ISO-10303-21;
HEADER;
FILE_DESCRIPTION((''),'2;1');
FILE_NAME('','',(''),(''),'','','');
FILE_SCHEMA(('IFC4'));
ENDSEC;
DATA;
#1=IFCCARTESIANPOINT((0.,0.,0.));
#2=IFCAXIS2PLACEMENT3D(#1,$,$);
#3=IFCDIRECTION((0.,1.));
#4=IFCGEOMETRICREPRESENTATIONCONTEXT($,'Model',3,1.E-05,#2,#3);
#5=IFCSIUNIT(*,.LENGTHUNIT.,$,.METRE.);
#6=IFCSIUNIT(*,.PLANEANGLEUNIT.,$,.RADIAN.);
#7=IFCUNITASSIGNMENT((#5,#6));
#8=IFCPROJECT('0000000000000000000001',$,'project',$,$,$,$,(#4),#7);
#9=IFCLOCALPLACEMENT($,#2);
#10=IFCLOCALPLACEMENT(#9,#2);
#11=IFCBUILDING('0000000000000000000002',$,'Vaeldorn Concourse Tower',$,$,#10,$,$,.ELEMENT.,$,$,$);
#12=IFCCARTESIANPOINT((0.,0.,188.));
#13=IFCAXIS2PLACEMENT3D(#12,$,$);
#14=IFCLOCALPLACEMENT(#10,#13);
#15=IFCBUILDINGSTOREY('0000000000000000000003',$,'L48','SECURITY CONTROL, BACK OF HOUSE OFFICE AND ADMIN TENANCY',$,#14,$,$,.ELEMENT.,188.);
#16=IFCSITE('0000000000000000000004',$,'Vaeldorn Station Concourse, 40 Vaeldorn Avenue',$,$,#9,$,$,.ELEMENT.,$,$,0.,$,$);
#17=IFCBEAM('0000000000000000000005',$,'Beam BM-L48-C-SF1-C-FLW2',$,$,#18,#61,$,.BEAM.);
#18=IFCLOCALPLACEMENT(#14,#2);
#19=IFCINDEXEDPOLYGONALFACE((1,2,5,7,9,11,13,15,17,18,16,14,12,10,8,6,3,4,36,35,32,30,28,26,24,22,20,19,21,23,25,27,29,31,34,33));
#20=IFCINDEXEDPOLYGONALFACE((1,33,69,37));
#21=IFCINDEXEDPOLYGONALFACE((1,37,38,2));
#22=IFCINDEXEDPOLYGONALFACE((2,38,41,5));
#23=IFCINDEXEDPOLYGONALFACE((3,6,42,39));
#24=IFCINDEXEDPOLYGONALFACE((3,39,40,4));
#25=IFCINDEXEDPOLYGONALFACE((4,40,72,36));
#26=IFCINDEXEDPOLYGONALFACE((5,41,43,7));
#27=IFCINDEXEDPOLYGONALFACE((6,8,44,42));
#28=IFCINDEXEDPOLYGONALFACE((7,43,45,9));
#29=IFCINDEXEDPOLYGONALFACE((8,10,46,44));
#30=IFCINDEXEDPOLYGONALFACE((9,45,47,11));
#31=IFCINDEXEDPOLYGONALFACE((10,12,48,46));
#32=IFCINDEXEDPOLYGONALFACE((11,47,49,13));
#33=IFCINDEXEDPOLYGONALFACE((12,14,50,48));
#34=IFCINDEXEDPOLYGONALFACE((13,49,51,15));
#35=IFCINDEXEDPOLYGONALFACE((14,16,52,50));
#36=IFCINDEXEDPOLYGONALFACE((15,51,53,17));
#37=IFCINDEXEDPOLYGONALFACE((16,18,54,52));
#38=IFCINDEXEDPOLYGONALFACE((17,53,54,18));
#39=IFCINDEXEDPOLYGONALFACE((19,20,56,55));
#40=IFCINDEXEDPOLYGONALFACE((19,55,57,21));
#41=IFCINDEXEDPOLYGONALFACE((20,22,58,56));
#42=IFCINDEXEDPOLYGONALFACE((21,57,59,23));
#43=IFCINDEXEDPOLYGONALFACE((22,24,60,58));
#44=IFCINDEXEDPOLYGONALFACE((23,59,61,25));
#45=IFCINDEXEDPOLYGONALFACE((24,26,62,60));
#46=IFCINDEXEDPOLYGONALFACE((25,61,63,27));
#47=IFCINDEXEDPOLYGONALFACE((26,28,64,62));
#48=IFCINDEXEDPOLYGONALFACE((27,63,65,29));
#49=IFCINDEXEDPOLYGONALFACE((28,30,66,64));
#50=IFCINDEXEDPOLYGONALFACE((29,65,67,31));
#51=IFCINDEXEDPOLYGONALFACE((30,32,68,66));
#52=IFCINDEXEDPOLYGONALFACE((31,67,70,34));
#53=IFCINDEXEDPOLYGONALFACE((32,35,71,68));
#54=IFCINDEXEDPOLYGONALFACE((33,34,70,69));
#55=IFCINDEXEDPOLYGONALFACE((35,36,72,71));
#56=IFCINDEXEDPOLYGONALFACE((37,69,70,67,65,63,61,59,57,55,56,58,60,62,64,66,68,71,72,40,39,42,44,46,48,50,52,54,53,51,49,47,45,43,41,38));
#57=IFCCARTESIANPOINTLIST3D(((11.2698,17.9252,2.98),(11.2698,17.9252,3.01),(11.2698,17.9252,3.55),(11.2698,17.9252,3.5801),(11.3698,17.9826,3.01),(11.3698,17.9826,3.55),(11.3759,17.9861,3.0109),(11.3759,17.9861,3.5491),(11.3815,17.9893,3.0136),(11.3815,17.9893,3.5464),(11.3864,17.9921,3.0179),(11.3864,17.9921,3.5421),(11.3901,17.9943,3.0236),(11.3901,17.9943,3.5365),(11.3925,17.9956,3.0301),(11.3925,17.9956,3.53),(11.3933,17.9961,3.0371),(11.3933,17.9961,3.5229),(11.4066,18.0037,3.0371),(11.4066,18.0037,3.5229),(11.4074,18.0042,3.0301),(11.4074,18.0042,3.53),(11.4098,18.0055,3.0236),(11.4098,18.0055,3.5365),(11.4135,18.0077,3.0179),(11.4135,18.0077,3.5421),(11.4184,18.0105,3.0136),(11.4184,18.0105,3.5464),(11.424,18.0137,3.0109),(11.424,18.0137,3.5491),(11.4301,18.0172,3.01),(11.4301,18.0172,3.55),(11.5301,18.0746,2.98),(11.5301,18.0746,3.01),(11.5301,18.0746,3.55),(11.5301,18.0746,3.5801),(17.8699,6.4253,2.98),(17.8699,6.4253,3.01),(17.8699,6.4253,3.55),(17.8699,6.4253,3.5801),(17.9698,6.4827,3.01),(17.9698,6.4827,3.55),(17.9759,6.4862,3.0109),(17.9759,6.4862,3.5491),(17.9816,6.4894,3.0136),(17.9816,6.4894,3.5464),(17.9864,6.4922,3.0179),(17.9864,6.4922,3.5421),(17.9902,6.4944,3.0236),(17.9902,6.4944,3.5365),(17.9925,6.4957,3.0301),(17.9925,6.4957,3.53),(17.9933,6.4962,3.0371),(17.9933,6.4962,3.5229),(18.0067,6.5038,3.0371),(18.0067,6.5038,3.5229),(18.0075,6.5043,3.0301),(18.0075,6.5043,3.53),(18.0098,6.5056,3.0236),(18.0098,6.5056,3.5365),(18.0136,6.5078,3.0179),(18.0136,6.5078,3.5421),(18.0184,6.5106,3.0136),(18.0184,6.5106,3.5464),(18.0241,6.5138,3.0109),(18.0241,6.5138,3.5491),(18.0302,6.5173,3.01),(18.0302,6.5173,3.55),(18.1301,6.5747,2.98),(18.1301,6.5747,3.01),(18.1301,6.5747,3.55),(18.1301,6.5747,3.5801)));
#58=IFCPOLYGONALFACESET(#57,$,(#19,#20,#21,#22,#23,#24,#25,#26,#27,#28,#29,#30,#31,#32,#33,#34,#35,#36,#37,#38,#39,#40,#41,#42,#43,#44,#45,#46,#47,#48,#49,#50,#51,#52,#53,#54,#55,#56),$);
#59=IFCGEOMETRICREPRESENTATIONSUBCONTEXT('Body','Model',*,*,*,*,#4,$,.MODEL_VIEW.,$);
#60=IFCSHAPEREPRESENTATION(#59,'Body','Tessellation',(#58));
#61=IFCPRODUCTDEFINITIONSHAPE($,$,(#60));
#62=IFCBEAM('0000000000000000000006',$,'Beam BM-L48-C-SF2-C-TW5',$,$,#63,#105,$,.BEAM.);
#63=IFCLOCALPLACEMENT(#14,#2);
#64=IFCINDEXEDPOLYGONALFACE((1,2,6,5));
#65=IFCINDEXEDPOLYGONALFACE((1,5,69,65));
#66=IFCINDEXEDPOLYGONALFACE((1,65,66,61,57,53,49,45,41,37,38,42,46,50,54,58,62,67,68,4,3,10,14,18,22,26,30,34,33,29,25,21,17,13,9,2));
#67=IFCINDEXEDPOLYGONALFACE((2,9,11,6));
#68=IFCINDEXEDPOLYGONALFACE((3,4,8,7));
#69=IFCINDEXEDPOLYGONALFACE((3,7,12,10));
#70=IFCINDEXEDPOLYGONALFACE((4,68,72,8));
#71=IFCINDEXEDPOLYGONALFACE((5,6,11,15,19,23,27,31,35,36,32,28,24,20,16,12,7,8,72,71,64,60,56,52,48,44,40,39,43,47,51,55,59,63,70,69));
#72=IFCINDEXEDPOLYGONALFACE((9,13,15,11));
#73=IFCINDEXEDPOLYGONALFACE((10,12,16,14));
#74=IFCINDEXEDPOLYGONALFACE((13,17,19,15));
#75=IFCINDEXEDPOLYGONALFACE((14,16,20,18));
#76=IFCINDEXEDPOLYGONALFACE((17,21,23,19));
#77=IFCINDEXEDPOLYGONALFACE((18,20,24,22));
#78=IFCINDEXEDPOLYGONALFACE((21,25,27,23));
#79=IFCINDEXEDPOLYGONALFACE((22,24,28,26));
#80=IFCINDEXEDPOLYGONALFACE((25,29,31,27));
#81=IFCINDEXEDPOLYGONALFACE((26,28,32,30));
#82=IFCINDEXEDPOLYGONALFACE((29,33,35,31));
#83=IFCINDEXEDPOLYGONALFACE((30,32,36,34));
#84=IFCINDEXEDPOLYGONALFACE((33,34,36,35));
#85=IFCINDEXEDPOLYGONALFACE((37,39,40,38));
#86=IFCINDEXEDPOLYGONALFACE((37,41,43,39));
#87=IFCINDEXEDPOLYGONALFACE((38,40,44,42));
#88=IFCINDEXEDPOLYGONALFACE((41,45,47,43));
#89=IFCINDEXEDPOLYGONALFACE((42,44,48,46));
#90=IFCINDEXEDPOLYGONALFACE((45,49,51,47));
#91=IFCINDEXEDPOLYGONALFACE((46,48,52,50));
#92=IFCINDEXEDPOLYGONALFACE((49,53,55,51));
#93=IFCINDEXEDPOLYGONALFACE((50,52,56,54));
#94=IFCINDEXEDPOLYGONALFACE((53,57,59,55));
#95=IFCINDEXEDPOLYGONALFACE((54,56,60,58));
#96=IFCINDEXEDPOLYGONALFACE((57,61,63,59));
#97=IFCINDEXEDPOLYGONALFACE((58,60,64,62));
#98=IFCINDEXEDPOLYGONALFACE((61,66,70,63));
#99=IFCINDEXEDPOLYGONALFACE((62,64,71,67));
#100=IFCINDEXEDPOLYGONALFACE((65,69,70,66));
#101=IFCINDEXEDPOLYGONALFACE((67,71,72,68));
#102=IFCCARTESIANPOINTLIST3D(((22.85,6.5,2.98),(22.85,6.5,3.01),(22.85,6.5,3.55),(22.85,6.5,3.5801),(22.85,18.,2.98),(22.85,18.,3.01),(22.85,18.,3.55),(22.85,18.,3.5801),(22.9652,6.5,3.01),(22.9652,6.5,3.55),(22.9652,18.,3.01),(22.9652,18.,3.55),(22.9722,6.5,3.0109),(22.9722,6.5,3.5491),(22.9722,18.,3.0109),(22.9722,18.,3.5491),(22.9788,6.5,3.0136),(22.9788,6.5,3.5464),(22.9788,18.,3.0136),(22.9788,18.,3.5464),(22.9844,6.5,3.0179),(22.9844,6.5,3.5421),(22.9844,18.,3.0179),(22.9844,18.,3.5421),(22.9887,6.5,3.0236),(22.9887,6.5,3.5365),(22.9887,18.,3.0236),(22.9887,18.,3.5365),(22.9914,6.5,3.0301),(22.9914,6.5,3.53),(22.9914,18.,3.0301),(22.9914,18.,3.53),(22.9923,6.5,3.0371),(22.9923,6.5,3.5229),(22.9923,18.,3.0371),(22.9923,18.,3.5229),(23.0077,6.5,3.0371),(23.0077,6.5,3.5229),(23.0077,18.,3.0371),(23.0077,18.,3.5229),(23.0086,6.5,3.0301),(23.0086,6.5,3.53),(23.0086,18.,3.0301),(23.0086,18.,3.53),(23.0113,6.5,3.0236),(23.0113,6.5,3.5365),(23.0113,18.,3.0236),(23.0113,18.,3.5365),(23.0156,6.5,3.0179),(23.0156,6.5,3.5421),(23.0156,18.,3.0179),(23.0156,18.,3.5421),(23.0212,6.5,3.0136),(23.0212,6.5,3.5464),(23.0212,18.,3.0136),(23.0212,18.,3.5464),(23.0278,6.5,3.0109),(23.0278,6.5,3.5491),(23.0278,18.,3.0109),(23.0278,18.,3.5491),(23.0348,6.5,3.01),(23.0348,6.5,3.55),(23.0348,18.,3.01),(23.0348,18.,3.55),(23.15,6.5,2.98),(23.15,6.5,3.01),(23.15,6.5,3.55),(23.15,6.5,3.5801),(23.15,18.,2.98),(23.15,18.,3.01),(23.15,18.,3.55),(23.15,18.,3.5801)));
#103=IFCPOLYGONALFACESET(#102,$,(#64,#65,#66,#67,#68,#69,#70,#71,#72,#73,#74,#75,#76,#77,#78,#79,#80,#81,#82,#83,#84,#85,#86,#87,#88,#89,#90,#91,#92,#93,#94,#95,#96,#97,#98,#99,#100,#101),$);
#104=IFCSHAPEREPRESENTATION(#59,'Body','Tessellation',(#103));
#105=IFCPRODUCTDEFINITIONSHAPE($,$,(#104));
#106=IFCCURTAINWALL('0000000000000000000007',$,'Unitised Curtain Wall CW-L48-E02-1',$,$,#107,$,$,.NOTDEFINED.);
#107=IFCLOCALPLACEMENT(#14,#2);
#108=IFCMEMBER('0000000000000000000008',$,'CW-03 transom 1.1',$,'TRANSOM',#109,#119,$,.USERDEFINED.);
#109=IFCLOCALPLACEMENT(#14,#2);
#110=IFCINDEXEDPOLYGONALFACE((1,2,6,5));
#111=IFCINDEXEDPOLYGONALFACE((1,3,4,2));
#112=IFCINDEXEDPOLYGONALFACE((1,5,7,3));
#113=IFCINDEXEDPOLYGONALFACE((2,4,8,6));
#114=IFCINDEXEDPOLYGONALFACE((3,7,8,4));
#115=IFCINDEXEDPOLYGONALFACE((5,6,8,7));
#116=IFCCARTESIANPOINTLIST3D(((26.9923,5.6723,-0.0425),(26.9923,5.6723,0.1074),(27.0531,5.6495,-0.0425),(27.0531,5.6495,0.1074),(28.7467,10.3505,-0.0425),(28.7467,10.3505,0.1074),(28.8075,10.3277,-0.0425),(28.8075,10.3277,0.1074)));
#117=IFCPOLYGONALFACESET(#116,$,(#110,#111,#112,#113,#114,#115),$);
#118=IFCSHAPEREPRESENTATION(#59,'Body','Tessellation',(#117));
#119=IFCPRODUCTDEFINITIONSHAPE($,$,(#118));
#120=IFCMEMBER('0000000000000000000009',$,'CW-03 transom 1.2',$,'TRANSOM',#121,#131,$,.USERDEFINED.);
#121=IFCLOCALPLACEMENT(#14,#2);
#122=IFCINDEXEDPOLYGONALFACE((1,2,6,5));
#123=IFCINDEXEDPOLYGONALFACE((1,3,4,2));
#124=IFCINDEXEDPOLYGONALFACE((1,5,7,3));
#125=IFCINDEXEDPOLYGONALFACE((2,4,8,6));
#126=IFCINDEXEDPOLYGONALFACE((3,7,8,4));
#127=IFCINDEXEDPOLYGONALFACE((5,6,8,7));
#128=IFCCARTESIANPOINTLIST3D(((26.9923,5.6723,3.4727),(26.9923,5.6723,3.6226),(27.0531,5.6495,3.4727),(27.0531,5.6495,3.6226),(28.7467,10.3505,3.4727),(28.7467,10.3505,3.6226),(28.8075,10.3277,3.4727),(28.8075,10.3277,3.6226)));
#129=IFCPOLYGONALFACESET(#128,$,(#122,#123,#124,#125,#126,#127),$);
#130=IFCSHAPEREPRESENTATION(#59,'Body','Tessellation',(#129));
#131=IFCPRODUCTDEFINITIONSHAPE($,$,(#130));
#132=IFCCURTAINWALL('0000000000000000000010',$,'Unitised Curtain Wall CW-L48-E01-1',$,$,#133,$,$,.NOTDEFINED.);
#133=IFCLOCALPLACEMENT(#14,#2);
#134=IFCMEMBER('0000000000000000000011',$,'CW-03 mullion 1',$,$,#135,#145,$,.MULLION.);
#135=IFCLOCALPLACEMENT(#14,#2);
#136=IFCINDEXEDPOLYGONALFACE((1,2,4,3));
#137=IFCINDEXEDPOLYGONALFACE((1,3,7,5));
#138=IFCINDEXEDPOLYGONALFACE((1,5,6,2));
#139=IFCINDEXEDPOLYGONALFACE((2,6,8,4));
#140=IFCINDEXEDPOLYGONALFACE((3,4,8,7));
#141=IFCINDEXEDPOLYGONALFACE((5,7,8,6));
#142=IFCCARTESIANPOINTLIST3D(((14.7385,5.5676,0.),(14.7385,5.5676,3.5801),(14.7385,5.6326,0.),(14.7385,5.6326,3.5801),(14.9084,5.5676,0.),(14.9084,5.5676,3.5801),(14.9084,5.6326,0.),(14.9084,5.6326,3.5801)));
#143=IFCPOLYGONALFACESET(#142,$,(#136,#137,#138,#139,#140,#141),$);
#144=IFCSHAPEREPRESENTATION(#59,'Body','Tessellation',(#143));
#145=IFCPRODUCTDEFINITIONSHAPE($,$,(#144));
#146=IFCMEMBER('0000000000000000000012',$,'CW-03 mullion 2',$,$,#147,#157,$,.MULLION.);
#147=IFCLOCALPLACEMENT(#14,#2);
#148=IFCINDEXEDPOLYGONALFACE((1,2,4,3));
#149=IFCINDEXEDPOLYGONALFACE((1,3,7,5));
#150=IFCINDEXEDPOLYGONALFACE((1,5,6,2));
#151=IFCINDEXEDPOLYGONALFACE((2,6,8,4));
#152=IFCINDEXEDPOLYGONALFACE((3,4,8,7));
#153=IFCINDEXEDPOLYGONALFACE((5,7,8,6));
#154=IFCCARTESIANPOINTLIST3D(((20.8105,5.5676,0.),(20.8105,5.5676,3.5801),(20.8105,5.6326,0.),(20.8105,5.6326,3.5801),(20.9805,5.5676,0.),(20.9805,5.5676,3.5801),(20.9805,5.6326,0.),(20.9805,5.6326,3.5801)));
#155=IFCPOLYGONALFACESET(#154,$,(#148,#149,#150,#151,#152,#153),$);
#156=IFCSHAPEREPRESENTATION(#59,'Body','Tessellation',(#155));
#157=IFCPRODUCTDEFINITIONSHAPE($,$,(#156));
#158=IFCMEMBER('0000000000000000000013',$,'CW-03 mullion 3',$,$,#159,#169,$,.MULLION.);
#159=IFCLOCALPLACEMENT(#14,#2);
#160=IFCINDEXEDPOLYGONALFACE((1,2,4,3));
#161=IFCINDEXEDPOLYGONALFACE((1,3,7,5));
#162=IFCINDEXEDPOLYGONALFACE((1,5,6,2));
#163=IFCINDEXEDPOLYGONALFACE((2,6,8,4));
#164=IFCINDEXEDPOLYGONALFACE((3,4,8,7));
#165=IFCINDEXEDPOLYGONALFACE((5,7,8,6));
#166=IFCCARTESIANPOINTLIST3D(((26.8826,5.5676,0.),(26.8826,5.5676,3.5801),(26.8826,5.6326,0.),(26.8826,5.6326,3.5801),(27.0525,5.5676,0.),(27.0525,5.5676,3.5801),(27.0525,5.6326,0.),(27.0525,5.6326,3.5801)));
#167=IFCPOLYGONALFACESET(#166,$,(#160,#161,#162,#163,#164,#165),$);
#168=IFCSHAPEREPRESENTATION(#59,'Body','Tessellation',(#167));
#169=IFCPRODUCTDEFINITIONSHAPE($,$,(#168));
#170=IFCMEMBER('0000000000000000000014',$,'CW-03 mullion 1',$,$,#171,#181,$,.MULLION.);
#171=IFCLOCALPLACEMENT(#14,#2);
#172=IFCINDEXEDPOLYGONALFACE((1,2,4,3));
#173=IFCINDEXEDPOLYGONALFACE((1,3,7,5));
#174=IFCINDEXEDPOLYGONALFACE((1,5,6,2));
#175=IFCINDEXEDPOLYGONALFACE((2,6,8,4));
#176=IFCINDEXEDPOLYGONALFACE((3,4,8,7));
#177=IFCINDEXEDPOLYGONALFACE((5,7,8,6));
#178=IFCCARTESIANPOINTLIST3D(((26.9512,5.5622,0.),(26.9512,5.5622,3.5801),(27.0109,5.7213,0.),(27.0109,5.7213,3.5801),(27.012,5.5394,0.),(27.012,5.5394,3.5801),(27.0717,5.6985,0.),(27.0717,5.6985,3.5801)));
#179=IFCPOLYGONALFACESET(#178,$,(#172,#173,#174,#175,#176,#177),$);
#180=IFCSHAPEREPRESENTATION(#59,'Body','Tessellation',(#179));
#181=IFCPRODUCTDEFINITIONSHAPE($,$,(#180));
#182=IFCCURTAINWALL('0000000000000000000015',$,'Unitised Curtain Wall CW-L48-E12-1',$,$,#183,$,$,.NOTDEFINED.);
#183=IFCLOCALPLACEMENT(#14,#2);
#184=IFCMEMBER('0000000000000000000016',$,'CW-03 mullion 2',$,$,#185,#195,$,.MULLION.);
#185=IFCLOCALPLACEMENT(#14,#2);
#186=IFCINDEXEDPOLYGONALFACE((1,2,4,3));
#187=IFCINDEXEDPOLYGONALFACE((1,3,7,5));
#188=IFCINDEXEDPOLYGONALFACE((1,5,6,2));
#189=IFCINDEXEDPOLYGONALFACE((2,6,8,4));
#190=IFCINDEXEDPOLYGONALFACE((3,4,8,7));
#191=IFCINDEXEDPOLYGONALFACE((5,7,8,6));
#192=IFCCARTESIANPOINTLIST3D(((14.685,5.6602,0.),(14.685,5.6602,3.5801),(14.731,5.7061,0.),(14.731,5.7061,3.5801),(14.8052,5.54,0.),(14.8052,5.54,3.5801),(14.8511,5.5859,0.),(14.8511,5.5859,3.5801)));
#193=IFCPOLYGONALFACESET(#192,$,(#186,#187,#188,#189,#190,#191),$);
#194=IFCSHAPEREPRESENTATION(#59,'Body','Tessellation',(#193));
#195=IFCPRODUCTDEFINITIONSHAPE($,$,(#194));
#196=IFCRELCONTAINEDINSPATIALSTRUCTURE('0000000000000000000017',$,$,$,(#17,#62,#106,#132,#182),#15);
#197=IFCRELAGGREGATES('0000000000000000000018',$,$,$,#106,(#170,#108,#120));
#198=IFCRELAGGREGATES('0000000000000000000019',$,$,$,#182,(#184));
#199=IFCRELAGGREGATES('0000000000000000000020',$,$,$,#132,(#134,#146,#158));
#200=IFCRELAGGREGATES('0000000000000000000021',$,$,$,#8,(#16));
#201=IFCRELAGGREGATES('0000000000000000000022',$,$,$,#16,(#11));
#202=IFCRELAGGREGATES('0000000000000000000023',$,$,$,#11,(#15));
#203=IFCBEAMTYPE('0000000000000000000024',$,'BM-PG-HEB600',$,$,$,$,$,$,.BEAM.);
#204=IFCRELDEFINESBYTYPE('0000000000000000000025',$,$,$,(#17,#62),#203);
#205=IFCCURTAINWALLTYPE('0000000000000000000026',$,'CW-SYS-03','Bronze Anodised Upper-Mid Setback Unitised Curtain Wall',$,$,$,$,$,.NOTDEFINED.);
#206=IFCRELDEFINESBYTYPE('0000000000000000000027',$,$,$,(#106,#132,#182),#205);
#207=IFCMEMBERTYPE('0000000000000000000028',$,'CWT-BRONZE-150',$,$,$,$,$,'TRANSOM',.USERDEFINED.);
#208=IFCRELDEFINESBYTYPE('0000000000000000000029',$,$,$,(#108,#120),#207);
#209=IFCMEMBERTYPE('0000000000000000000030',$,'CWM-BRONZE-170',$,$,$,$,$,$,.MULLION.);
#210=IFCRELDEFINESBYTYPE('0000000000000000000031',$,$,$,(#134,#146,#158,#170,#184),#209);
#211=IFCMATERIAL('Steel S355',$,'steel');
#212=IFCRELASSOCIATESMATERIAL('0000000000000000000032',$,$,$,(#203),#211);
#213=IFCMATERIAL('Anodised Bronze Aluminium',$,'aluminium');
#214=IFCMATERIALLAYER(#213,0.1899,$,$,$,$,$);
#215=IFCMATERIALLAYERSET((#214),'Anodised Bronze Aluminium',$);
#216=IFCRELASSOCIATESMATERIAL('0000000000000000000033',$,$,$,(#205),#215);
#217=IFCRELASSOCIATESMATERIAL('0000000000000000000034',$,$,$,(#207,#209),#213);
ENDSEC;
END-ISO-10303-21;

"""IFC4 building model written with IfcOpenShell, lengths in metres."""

from ifc_helpers import new_model, si_unit, direction, frame, origin, origin_2d, place, context, subcontext, project, spatial, rectangle, i_section, extrude, source, transform, mapped, material, layer, layer_set, material_profile, profile_set, type_object, element, aggregate, save


model = new_model("IFC4")

# Units and contexts
model_context = context("Model", 3, precision=1e-05, world=origin(), true_north=direction((0.0, 1.0)))
body_context = subcontext(model_context, "Body", "Model", "MODEL_VIEW")
ifc_project = project(units=[si_unit("LENGTHUNIT", "METRE"), si_unit("PLANEANGLEUNIT", "RADIAN")], contexts=[model_context])

# Site, building, storey
site_placement = place(None, origin())
site = spatial("IfcSite", under=ifc_project, at=site_placement, Name="Vaeldorn Station Concourse, 40 Vaeldorn Avenue", CompositionType="ELEMENT", RefElevation=0.0)
building_placement = place(site_placement, origin())
building = spatial("IfcBuilding", under=site, at=building_placement, Name="Vaeldorn Concourse Tower", CompositionType="ELEMENT")
storey_placement = place(building_placement, frame((0.0, 0.0, 188.0)))
storey = spatial("IfcBuildingStorey", under=building, at=storey_placement, Name="L48", Description="SECURITY CONTROL, BACK OF HOUSE OFFICE AND ADMIN TENANCY", CompositionType="ELEMENT", Elevation=188.0)

# Shared definitions
ifc_material_1 = material(Name="Steel S355", Category="steel")

# Beams
ifc_material_profile_1 = material_profile(ifc_material_1, i_section(OverallWidth=0.3, OverallDepth=0.6001, WebThickness=0.0154, FlangeThickness=0.03, FilletRadius=0.0271, at=origin_2d()), Name="HEB 600")
ifc_profile_set_1 = profile_set([ifc_material_profile_1], Name="Steel S355")
beam_type_1 = type_object("IfcBeamType", Name="BM-PG-HEB600", PredefinedType="BEAM", material=ifc_profile_set_1)
shared_shape_1 = source(origin(), body_context, "Body", "SweptSolid", [
    extrude(i_section(OverallWidth=0.3, OverallDepth=0.6001, WebThickness=0.0154, FlangeThickness=0.03, FilletRadius=0.0271, at=origin_2d()), origin(), (0.0, 0.0, 1.0), 13.2593),
])
beam_1_placement = place(storey_placement, frame((18.0, 6.5, 3.28), z_axis=(-0.497768, 0.86731, 0.0), x_axis=(-0.86731, -0.497768, 0.0)))
element("IfcBeam", 1, at=beam_1_placement, inside=storey, type_object=beam_type_1, Name="Beam BM-L48-C-SF1-C-FLW2", PredefinedType="BEAM", context=body_context, shape_type="MappedRepresentation", body=[
    mapped(shared_shape_1, transform((0.0, 0.0, 0.0), scale=1.0)),
])
shared_shape_2 = source(origin(), body_context, "Body", "SweptSolid", [
    extrude(i_section(OverallWidth=0.3, OverallDepth=0.6001, WebThickness=0.0154, FlangeThickness=0.03, FilletRadius=0.0271, at=origin_2d()), origin(), (0.0, 0.0, 1.0), 11.5),
])
beam_2_placement = place(storey_placement, frame((23.0, 6.5, 3.28), z_axis=(0.0, 1.0, 0.0), x_axis=(-1.0, 0.0, 0.0)))
element("IfcBeam", 2, at=beam_2_placement, inside=storey, type_object=beam_type_1, Name="Beam BM-L48-C-SF2-C-TW5", PredefinedType="BEAM", context=body_context, shape_type="MappedRepresentation", body=[
    mapped(shared_shape_2, transform((0.0, 0.0, 0.0), scale=1.0)),
])

# Curtain walls, members
ifc_material_2 = material(Name="Anodised Bronze Aluminium", Category="aluminium")
ifc_layer_1 = layer(ifc_material_2, 0.1899)
ifc_layer_set_1 = layer_set([ifc_layer_1], Name="Anodised Bronze Aluminium")
curtain_wall_type = type_object("IfcCurtainWallType", Name="CW-SYS-03", Description="Bronze Anodised Upper-Mid Setback Unitised Curtain Wall", PredefinedType="NOTDEFINED", material=ifc_layer_set_1)
curtain_wall_1_placement = place(storey_placement, origin())
curtain_wall_1 = element("IfcCurtainWall", 3, at=curtain_wall_1_placement, inside=storey, type_object=curtain_wall_type, Name="Unitised Curtain Wall CW-L48-E02-1", PredefinedType="NOTDEFINED")
ifc_material_profile_2 = material_profile(ifc_material_2, rectangle(XDim=0.0649, YDim=0.1499, at=origin_2d()), Name="CWT 65x150")
ifc_profile_set_2 = profile_set([ifc_material_profile_2], Name="Anodised Bronze Aluminium")
member_type_1 = type_object("IfcMemberType", Name="CWT-BRONZE-150", ElementType="TRANSOM", PredefinedType="USERDEFINED", material=ifc_profile_set_2)
shared_shape_3 = source(origin(), body_context, "Body", "SweptSolid", [
    extrude(rectangle(XDim=0.0649, YDim=0.1499, at=origin_2d()), origin(), (0.0, 0.0, 1.0), 4.9963),
])
member_1_placement = place(storey_placement, frame((27.0227, 5.6609, 0.0325), z_axis=(0.351134, 0.936325, 0.0), x_axis=(-0.936325, 0.351134, 0.0)))
member_1 = element("IfcMember", 4, at=member_1_placement, type_object=member_type_1, Name="CW-03 transom 1.1", ObjectType="TRANSOM", PredefinedType="USERDEFINED", context=body_context, shape_type="MappedRepresentation", body=[
    mapped(shared_shape_3, transform((0.0, 0.0, 0.0), scale=1.0)),
])
member_2_placement = place(storey_placement, frame((27.0227, 5.6609, 3.5476), z_axis=(0.351134, 0.936325, 0.0), x_axis=(-0.936325, 0.351134, 0.0)))
member_2 = element("IfcMember", 5, at=member_2_placement, type_object=member_type_1, Name="CW-03 transom 1.2", ObjectType="TRANSOM", PredefinedType="USERDEFINED", context=body_context, shape_type="MappedRepresentation", body=[
    mapped(shared_shape_3, transform((0.0, 0.0, 0.0), scale=1.0)),
])
curtain_wall_2_placement = place(storey_placement, origin())
curtain_wall_2 = element("IfcCurtainWall", 6, at=curtain_wall_2_placement, inside=storey, type_object=curtain_wall_type, Name="Unitised Curtain Wall CW-L48-E01-1", PredefinedType="NOTDEFINED")
ifc_material_profile_3 = material_profile(ifc_material_2, rectangle(XDim=0.0649, YDim=0.1699, at=origin_2d()), Name="CWM 65x170")
ifc_profile_set_3 = profile_set([ifc_material_profile_3], Name="Anodised Bronze Aluminium")
member_type_2 = type_object("IfcMemberType", Name="CWM-BRONZE-170", PredefinedType="MULLION", material=ifc_profile_set_3)
shared_shape_4 = source(origin(), body_context, "Body", "SweptSolid", [
    extrude(rectangle(XDim=0.0649, YDim=0.1699, at=origin_2d()), origin(), (0.0, 0.0, 1.0), 3.5801),
])
member_3_placement = place(storey_placement, frame((14.8235, 5.6001, 0.0), z_axis=(0.0, 0.0, 1.0), x_axis=(0.0, 1.0, 0.0)))
member_3 = element("IfcMember", 7, at=member_3_placement, type_object=member_type_2, Name="CW-03 mullion 1", PredefinedType="MULLION", context=body_context, shape_type="MappedRepresentation", body=[
    mapped(shared_shape_4, transform((0.0, 0.0, 0.0), scale=1.0)),
])
member_4_placement = place(storey_placement, frame((20.8955, 5.6001, 0.0), z_axis=(0.0, 0.0, 1.0), x_axis=(0.0, 1.0, 0.0)))
member_4 = element("IfcMember", 8, at=member_4_placement, type_object=member_type_2, Name="CW-03 mullion 2", PredefinedType="MULLION", context=body_context, shape_type="MappedRepresentation", body=[
    mapped(shared_shape_4, transform((0.0, 0.0, 0.0), scale=1.0)),
])
member_5_placement = place(storey_placement, frame((26.9675, 5.6001, 0.0), z_axis=(0.0, 0.0, 1.0), x_axis=(0.0, 1.0, 0.0)))
member_5 = element("IfcMember", 9, at=member_5_placement, type_object=member_type_2, Name="CW-03 mullion 3", PredefinedType="MULLION", context=body_context, shape_type="MappedRepresentation", body=[
    mapped(shared_shape_4, transform((0.0, 0.0, 0.0), scale=1.0)),
])

# Member
member_6_placement = place(storey_placement, frame((27.0115, 5.6304, 0.0), z_axis=(0.0, 0.0, 1.0), x_axis=(-0.936329, 0.351123, 0.0)))
member_6 = element("IfcMember", 10, at=member_6_placement, type_object=member_type_2, Name="CW-03 mullion 1", PredefinedType="MULLION", context=body_context, shape_type="MappedRepresentation", body=[
    mapped(shared_shape_4, transform((0.0, 0.0, 0.0), scale=1.0)),
])
aggregate(curtain_wall_1, [member_6, member_1, member_2])

# Curtain wall, member
curtain_wall_3_placement = place(storey_placement, origin())
curtain_wall_3 = element("IfcCurtainWall", 11, at=curtain_wall_3_placement, inside=storey, type_object=curtain_wall_type, Name="Unitised Curtain Wall CW-L48-E12-1", PredefinedType="NOTDEFINED")
member_7_placement = place(storey_placement, frame((14.7681, 5.623, 0.0), z_axis=(0.0, 0.0, 1.0), x_axis=(0.707107, 0.707107, 0.0)))
member_7 = element("IfcMember", 12, at=member_7_placement, type_object=member_type_2, Name="CW-03 mullion 2", PredefinedType="MULLION", context=body_context, shape_type="MappedRepresentation", body=[
    mapped(shared_shape_4, transform((0.0, 0.0, 0.0), scale=1.0)),
])

aggregate(curtain_wall_3, [member_7])
aggregate(curtain_wall_2, [member_3, member_4, member_5])

save(model, "model.ifc")
